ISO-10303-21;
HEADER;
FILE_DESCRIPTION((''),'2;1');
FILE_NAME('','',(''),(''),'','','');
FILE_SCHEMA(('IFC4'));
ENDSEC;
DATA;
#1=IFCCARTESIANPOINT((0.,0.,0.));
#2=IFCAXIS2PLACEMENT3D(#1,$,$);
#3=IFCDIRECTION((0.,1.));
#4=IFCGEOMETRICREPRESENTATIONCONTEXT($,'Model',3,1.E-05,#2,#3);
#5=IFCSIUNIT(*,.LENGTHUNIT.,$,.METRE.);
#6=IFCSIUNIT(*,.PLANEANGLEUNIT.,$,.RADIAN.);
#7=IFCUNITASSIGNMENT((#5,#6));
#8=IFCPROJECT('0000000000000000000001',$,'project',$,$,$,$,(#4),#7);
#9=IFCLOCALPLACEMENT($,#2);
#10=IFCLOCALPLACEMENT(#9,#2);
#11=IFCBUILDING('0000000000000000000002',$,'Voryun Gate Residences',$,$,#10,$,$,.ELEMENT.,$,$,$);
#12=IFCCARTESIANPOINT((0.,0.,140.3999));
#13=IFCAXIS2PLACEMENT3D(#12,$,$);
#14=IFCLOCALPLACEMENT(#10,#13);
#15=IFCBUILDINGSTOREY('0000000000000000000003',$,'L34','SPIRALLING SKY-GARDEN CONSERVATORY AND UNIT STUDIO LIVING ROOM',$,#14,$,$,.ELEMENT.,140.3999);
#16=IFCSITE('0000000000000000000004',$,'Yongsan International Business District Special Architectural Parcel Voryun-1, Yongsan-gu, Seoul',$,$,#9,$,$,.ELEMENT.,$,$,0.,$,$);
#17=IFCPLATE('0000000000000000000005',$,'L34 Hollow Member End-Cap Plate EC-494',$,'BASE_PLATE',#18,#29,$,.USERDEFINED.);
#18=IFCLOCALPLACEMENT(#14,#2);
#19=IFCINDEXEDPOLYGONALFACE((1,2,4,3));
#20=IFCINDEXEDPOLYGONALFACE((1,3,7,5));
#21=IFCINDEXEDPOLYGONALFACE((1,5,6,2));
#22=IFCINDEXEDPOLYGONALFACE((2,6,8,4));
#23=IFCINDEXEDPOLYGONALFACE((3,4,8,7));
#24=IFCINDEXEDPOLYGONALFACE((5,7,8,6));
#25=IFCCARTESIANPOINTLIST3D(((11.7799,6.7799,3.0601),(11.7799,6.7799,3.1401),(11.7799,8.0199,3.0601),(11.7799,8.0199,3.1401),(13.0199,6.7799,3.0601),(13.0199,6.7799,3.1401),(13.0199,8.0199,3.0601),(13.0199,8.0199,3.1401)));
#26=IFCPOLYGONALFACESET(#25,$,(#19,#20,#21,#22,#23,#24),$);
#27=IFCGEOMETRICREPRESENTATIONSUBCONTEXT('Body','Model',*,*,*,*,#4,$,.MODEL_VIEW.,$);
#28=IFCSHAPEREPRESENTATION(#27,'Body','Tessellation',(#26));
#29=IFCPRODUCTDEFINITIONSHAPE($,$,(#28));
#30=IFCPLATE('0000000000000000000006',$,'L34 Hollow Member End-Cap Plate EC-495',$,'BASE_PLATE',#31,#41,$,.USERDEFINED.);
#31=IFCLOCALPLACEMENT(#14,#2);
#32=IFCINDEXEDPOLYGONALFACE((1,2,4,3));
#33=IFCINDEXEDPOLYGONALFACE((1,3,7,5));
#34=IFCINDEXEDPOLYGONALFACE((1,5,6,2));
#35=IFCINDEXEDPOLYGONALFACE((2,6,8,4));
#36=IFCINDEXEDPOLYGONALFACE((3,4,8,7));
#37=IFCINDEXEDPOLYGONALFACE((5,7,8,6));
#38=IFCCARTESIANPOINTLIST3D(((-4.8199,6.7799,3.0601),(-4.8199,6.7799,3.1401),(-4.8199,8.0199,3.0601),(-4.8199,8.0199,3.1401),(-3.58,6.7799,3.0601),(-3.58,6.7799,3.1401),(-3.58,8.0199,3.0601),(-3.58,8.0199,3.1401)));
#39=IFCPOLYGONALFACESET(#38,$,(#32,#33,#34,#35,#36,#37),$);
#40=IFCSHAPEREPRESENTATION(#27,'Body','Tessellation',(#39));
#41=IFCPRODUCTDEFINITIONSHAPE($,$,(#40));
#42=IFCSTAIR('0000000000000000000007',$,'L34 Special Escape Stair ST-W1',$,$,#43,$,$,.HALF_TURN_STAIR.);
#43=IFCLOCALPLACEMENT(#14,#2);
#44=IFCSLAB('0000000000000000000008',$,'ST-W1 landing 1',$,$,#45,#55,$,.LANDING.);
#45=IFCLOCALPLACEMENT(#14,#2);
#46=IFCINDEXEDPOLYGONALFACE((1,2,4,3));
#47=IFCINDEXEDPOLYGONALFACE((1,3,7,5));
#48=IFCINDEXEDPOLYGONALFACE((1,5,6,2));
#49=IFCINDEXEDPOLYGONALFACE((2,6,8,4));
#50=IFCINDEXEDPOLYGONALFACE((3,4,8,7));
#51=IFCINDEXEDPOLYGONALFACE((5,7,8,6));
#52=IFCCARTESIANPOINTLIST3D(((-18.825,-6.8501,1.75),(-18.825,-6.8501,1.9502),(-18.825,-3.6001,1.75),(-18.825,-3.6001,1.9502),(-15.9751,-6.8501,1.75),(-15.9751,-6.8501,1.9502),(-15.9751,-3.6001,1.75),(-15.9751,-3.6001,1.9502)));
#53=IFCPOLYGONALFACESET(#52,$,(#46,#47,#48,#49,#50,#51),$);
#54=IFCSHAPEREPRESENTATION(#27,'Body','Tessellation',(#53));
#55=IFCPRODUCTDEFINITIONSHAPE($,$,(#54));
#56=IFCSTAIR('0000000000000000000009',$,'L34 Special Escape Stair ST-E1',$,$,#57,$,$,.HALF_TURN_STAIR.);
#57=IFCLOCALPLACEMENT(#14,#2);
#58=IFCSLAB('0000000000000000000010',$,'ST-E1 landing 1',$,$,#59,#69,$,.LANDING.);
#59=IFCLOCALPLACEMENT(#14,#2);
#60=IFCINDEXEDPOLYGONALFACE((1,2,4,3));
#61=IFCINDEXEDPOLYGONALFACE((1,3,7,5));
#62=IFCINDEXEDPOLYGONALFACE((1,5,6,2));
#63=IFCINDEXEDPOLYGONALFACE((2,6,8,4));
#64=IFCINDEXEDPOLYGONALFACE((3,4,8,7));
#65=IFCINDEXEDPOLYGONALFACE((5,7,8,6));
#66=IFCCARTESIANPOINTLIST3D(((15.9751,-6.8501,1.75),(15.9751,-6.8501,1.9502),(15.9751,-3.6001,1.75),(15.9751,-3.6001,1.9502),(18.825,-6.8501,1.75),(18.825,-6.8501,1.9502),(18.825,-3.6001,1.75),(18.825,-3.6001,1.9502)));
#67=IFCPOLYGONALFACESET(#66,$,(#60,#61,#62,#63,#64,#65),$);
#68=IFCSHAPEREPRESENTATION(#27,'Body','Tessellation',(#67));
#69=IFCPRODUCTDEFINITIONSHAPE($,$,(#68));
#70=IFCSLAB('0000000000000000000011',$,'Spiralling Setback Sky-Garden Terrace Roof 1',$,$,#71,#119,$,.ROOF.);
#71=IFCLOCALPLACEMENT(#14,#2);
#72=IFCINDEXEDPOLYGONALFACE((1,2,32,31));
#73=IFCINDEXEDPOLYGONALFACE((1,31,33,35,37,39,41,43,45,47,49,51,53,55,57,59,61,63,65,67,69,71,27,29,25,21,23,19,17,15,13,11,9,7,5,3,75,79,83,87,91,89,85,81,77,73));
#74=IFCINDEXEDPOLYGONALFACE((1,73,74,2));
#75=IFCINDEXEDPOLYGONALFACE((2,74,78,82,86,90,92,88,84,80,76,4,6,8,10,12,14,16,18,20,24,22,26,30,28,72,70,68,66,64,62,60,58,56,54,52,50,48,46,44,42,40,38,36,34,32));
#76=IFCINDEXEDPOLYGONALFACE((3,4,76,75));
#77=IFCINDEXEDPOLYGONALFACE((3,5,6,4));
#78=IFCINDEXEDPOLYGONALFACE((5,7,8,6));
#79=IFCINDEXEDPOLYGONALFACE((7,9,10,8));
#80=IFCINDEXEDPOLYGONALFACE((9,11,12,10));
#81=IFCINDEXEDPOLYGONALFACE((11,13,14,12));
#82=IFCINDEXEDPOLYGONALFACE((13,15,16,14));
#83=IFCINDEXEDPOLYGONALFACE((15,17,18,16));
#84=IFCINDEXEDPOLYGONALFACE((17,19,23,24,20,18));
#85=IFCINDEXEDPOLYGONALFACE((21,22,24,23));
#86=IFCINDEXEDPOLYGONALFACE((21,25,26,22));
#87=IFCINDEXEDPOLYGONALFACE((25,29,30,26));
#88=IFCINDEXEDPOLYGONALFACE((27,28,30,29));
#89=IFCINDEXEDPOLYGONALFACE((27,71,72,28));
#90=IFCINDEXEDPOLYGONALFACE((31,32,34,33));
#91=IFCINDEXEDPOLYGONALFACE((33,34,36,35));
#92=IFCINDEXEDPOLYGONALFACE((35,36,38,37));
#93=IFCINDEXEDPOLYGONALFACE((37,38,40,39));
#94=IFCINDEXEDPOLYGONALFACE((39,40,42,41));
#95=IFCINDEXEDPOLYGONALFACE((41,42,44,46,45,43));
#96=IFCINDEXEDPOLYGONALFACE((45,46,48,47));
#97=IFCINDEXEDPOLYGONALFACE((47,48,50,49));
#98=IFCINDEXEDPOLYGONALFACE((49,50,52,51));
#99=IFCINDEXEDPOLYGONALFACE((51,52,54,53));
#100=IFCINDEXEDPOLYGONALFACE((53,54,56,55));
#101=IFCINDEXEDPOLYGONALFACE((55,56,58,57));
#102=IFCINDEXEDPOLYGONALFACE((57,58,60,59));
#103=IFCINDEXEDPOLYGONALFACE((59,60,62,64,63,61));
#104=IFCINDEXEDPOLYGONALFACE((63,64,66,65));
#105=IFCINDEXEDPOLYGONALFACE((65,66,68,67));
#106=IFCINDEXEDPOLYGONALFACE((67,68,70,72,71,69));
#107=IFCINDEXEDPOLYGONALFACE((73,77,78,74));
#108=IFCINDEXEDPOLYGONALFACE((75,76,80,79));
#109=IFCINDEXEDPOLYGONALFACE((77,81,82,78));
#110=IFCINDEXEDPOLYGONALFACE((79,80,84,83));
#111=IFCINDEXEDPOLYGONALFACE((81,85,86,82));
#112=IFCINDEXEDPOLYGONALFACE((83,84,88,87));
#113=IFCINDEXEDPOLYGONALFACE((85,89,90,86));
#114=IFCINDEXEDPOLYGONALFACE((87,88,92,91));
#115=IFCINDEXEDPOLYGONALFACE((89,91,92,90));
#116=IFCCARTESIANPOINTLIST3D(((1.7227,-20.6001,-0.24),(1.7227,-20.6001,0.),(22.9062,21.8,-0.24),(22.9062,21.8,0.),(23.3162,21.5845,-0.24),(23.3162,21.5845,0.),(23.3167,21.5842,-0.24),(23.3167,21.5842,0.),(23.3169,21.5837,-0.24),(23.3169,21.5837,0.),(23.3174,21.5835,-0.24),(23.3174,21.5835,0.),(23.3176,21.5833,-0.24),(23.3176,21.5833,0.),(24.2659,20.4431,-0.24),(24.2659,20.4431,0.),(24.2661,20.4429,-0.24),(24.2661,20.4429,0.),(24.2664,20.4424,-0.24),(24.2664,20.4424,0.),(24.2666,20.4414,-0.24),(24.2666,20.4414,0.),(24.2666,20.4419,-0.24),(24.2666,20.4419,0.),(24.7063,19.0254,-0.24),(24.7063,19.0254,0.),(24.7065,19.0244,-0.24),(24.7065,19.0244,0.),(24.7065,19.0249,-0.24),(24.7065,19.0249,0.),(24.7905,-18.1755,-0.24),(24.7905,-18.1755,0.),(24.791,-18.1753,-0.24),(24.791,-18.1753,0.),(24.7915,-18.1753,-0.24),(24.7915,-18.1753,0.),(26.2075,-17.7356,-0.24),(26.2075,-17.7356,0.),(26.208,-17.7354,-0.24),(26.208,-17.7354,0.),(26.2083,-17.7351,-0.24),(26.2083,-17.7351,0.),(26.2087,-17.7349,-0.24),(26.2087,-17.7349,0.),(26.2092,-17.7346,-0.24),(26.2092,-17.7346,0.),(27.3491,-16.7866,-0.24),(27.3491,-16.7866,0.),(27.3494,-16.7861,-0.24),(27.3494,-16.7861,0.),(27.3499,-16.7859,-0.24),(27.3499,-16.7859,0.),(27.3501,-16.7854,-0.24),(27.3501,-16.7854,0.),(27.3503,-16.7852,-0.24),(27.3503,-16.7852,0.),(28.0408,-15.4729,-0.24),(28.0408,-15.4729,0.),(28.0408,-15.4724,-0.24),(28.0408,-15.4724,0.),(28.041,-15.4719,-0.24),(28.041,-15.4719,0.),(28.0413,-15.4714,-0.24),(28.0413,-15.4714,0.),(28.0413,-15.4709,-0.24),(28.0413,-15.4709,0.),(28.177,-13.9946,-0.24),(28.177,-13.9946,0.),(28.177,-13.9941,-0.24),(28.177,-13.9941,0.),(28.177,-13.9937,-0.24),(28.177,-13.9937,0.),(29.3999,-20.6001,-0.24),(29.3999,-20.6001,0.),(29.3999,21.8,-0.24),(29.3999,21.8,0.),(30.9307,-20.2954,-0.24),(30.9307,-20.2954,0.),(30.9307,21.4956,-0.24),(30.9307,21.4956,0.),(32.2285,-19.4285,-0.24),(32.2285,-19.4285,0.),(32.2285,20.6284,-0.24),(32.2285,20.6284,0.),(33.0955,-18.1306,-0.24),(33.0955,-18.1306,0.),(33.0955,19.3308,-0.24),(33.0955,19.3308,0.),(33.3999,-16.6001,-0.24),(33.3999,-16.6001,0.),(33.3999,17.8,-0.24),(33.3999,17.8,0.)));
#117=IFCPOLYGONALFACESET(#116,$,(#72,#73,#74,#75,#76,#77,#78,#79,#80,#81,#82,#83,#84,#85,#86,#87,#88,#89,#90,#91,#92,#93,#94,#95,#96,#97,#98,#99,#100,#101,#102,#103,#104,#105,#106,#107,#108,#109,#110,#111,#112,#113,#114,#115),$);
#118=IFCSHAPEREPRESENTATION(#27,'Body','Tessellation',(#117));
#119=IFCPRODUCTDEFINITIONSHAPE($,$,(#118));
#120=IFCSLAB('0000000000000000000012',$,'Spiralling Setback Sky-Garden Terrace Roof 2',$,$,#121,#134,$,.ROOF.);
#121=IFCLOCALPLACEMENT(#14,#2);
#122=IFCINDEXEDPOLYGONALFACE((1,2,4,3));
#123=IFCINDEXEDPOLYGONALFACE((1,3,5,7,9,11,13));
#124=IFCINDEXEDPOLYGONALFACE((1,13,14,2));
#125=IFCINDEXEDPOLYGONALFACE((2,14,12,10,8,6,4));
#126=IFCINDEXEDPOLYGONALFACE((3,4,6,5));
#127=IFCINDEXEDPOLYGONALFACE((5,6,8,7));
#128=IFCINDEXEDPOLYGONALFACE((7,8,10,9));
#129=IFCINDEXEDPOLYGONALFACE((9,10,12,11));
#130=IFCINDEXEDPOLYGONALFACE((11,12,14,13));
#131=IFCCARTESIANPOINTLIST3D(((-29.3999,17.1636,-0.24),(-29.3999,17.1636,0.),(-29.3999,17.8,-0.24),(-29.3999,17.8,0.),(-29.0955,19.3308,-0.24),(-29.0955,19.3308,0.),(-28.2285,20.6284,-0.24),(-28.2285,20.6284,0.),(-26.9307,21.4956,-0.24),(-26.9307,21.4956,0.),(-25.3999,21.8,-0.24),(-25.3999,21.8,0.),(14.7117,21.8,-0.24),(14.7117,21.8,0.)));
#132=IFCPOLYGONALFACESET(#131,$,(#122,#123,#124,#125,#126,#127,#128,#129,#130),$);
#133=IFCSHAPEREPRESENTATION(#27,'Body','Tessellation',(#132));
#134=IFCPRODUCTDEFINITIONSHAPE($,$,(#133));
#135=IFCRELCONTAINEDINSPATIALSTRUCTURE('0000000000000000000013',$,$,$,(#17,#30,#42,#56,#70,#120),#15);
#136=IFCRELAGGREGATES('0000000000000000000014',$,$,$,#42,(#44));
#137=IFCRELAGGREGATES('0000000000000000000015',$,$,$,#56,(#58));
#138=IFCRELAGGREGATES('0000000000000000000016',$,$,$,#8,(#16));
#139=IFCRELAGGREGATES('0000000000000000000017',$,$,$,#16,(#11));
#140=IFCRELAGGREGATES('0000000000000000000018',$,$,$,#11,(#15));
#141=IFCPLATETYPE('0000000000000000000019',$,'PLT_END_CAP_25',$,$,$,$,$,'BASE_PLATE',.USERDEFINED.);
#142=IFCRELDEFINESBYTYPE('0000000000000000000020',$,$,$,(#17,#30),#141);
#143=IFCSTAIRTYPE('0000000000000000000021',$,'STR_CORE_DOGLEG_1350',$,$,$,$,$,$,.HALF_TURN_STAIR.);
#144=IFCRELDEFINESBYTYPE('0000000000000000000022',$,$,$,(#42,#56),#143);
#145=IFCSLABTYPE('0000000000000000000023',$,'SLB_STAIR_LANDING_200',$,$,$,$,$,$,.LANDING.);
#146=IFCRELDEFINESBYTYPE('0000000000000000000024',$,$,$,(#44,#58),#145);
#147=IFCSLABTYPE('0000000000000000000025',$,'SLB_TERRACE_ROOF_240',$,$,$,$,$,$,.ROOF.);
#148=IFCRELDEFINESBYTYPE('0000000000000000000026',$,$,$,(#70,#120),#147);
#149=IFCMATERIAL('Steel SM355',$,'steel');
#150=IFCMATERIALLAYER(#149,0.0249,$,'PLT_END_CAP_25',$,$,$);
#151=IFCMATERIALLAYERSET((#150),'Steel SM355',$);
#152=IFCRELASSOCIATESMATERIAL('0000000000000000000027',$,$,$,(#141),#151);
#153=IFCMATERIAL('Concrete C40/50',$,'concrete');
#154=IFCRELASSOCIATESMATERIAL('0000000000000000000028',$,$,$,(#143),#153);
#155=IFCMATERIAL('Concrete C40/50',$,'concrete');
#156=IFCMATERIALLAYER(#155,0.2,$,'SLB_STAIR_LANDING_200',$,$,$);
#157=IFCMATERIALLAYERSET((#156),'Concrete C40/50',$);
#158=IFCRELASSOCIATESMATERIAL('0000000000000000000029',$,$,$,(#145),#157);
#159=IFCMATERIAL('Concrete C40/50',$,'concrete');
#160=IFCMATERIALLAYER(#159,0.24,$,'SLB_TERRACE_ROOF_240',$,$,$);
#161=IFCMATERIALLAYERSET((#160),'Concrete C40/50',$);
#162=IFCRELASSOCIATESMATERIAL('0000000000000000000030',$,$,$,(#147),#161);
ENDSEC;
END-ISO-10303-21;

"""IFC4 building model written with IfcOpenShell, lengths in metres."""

from ifc_helpers import new_model, si_unit, direction, frame, origin, origin_2d, place, context, subcontext, project, spatial, polyline, rectangle, outline, extrude, material, layer, layer_set, type_object, element, aggregate, save


model = new_model("IFC4")

# Units and contexts
model_context = context("Model", 3, precision=1e-05, world=origin(), true_north=direction((0.0, 1.0)))
body_context = subcontext(model_context, "Body", "Model", "MODEL_VIEW")
ifc_project = project(units=[si_unit("LENGTHUNIT", "METRE"), si_unit("PLANEANGLEUNIT", "RADIAN")], contexts=[model_context])

# Site, building, storey
site_placement = place(None, origin())
site = spatial("IfcSite", under=ifc_project, at=site_placement, Name="Yongsan International Business District Special Architectural Parcel Voryun-1, Yongsan-gu, Seoul", CompositionType="ELEMENT", RefElevation=0.0)
building_placement = place(site_placement, origin())
building = spatial("IfcBuilding", under=site, at=building_placement, Name="Voryun Gate Residences", CompositionType="ELEMENT")
storey_placement = place(building_placement, frame((0.0, 0.0, 140.3999)))
storey = spatial("IfcBuildingStorey", under=building, at=storey_placement, Name="L34", Description="SPIRALLING SKY-GARDEN CONSERVATORY AND UNIT STUDIO LIVING ROOM", CompositionType="ELEMENT", Elevation=140.3999)

# Plates
ifc_material_1 = material(Name="Steel SM355", Category="steel")
ifc_layer_1 = layer(ifc_material_1, 0.0249, Name="PLT_END_CAP_25")
ifc_layer_set_1 = layer_set([ifc_layer_1], Name="Steel SM355")
plate_type = type_object("IfcPlateType", Name="PLT_END_CAP_25", ElementType="BASE_PLATE", PredefinedType="USERDEFINED", material=ifc_layer_set_1)
for number, where, z_axis, x_axis, name in (
    (1, (12.3999, 7.3999, 3.0601), (0.0, 0.0, 1.0), (1.0, 0.0, 0.0), "L34 Hollow Member End-Cap Plate EC-494"),
    (2, (-4.2, 7.3999, 3.0601), (0.0, 0.0, 1.0), (1.0, 0.0, 0.0), "L34 Hollow Member End-Cap Plate EC-495"),
):
    element("IfcPlate", number, at=place(storey_placement, frame(where, z_axis=z_axis, x_axis=x_axis)), inside=storey, type_object=plate_type, Name=name, ObjectType="BASE_PLATE", PredefinedType="USERDEFINED", context=body_context, shape_type="SweptSolid", body=[
        extrude(rectangle(XDim=1.24, YDim=1.24, at=origin_2d()), origin(), (0.0, 0.0, 1.0), 0.0801),
    ])

# Stairs, slabs
ifc_material_2 = material(Name="Concrete C40/50", Category="concrete")
stair_type = type_object("IfcStairType", Name="STR_CORE_DOGLEG_1350", PredefinedType="HALF_TURN_STAIR", material=ifc_material_2)
stair_1_placement = place(storey_placement, origin())
stair_1 = element("IfcStair", 3, at=stair_1_placement, inside=storey, type_object=stair_type, Name="L34 Special Escape Stair ST-W1", PredefinedType="HALF_TURN_STAIR")
ifc_material_3 = material(Name="Concrete C40/50", Category="concrete")
ifc_layer_2 = layer(ifc_material_3, 0.2, Name="SLB_STAIR_LANDING_200")
ifc_layer_set_2 = layer_set([ifc_layer_2], Name="Concrete C40/50")
slab_type_1 = type_object("IfcSlabType", Name="SLB_STAIR_LANDING_200", PredefinedType="LANDING", material=ifc_layer_set_2)
slab_1_placement = place(storey_placement, frame((0.0, 0.0, 1.75)))
slab_1 = element("IfcSlab", 4, at=slab_1_placement, type_object=slab_type_1, Name="ST-W1 landing 1", PredefinedType="LANDING", context=body_context, shape_type="SweptSolid", body=[
    extrude(outline(polyline([(-18.825, -3.6001), (-18.825, -6.8501), (-15.9751, -6.8501), (-15.9751, -3.6001), (-18.825, -3.6001)])), origin(), (0.0, 0.0, 1.0), 0.2002),
])
aggregate(stair_1, [slab_1])
stair_2_placement = place(storey_placement, origin())
stair_2 = element("IfcStair", 5, at=stair_2_placement, inside=storey, type_object=stair_type, Name="L34 Special Escape Stair ST-E1", PredefinedType="HALF_TURN_STAIR")
slab_2_placement = place(storey_placement, frame((0.0, 0.0, 1.75)))
slab_2 = element("IfcSlab", 6, at=slab_2_placement, type_object=slab_type_1, Name="ST-E1 landing 1", PredefinedType="LANDING", context=body_context, shape_type="SweptSolid", body=[
    extrude(outline(polyline([(15.9751, -3.6001), (15.9751, -6.8501), (18.825, -6.8501), (18.825, -3.6001), (15.9751, -3.6001)])), origin(), (0.0, 0.0, 1.0), 0.2002),
])
aggregate(stair_2, [slab_2])

# Slabs
ifc_material_4 = material(Name="Concrete C40/50", Category="concrete")
ifc_layer_3 = layer(ifc_material_4, 0.24, Name="SLB_TERRACE_ROOF_240")
ifc_layer_set_3 = layer_set([ifc_layer_3], Name="Concrete C40/50")
slab_type_2 = type_object("IfcSlabType", Name="SLB_TERRACE_ROOF_240", PredefinedType="ROOF", material=ifc_layer_set_3)
slab_3_placement = place(storey_placement, frame((0.0, 0.0, -0.24)))
element("IfcSlab", 7, at=slab_3_placement, inside=storey, type_object=slab_type_2, Name="Spiralling Setback Sky-Garden Terrace Roof 1", PredefinedType="ROOF", context=body_context, shape_type="SweptSolid", body=[
    extrude(outline(polyline([(29.3999, 21.8), (30.9307, 21.4956), (32.2285, 20.6284), (33.0955, 19.3308), (33.3999, 17.8), (33.3999, -16.6001), (33.0955, -18.1306), (32.2285, -19.4285), (30.9307, -20.2954), (29.3999, -20.6001), (1.7227, -20.6001), (24.7905, -18.1755), (24.791, -18.1753), (24.7915, -18.1753), (26.2075, -17.7356), (26.208, -17.7354), (26.2083, -17.7351), (26.2087, -17.7349), (26.2092, -17.7346), (27.3491, -16.7866), (27.3494, -16.7861), (27.3499, -16.7859), (27.3501, -16.7854), (27.3503, -16.7852), (28.0408, -15.4729), (28.0408, -15.4724), (28.041, -15.4719), (28.0413, -15.4714), (28.0413, -15.4709), (28.177, -13.9946), (28.177, -13.9941), (28.177, -13.9937), (24.7065, 19.0244), (24.7065, 19.0249), (24.7063, 19.0254), (24.2666, 20.4414), (24.2666, 20.4419), (24.2664, 20.4424), (24.2661, 20.4429), (24.2659, 20.4431), (23.3176, 21.5833), (23.3174, 21.5835), (23.3169, 21.5837), (23.3167, 21.5842), (23.3162, 21.5845), (22.9062, 21.8), (29.3999, 21.8)])), origin(), (0.0, 0.0, 1.0), 0.24),
])
slab_4_placement = place(storey_placement, frame((0.0, 0.0, -0.24)))
element("IfcSlab", 8, at=slab_4_placement, inside=storey, type_object=slab_type_2, Name="Spiralling Setback Sky-Garden Terrace Roof 2", PredefinedType="ROOF", context=body_context, shape_type="SweptSolid", body=[
    extrude(outline(polyline([(-29.3999, 17.8), (-29.0955, 19.3308), (-28.2285, 20.6284), (-26.9307, 21.4956), (-25.3999, 21.8), (14.7117, 21.8), (-29.3999, 17.1636), (-29.3999, 17.8)])), origin(), (0.0, 0.0, 1.0), 0.24),
])

save(model, "model.ifc")
